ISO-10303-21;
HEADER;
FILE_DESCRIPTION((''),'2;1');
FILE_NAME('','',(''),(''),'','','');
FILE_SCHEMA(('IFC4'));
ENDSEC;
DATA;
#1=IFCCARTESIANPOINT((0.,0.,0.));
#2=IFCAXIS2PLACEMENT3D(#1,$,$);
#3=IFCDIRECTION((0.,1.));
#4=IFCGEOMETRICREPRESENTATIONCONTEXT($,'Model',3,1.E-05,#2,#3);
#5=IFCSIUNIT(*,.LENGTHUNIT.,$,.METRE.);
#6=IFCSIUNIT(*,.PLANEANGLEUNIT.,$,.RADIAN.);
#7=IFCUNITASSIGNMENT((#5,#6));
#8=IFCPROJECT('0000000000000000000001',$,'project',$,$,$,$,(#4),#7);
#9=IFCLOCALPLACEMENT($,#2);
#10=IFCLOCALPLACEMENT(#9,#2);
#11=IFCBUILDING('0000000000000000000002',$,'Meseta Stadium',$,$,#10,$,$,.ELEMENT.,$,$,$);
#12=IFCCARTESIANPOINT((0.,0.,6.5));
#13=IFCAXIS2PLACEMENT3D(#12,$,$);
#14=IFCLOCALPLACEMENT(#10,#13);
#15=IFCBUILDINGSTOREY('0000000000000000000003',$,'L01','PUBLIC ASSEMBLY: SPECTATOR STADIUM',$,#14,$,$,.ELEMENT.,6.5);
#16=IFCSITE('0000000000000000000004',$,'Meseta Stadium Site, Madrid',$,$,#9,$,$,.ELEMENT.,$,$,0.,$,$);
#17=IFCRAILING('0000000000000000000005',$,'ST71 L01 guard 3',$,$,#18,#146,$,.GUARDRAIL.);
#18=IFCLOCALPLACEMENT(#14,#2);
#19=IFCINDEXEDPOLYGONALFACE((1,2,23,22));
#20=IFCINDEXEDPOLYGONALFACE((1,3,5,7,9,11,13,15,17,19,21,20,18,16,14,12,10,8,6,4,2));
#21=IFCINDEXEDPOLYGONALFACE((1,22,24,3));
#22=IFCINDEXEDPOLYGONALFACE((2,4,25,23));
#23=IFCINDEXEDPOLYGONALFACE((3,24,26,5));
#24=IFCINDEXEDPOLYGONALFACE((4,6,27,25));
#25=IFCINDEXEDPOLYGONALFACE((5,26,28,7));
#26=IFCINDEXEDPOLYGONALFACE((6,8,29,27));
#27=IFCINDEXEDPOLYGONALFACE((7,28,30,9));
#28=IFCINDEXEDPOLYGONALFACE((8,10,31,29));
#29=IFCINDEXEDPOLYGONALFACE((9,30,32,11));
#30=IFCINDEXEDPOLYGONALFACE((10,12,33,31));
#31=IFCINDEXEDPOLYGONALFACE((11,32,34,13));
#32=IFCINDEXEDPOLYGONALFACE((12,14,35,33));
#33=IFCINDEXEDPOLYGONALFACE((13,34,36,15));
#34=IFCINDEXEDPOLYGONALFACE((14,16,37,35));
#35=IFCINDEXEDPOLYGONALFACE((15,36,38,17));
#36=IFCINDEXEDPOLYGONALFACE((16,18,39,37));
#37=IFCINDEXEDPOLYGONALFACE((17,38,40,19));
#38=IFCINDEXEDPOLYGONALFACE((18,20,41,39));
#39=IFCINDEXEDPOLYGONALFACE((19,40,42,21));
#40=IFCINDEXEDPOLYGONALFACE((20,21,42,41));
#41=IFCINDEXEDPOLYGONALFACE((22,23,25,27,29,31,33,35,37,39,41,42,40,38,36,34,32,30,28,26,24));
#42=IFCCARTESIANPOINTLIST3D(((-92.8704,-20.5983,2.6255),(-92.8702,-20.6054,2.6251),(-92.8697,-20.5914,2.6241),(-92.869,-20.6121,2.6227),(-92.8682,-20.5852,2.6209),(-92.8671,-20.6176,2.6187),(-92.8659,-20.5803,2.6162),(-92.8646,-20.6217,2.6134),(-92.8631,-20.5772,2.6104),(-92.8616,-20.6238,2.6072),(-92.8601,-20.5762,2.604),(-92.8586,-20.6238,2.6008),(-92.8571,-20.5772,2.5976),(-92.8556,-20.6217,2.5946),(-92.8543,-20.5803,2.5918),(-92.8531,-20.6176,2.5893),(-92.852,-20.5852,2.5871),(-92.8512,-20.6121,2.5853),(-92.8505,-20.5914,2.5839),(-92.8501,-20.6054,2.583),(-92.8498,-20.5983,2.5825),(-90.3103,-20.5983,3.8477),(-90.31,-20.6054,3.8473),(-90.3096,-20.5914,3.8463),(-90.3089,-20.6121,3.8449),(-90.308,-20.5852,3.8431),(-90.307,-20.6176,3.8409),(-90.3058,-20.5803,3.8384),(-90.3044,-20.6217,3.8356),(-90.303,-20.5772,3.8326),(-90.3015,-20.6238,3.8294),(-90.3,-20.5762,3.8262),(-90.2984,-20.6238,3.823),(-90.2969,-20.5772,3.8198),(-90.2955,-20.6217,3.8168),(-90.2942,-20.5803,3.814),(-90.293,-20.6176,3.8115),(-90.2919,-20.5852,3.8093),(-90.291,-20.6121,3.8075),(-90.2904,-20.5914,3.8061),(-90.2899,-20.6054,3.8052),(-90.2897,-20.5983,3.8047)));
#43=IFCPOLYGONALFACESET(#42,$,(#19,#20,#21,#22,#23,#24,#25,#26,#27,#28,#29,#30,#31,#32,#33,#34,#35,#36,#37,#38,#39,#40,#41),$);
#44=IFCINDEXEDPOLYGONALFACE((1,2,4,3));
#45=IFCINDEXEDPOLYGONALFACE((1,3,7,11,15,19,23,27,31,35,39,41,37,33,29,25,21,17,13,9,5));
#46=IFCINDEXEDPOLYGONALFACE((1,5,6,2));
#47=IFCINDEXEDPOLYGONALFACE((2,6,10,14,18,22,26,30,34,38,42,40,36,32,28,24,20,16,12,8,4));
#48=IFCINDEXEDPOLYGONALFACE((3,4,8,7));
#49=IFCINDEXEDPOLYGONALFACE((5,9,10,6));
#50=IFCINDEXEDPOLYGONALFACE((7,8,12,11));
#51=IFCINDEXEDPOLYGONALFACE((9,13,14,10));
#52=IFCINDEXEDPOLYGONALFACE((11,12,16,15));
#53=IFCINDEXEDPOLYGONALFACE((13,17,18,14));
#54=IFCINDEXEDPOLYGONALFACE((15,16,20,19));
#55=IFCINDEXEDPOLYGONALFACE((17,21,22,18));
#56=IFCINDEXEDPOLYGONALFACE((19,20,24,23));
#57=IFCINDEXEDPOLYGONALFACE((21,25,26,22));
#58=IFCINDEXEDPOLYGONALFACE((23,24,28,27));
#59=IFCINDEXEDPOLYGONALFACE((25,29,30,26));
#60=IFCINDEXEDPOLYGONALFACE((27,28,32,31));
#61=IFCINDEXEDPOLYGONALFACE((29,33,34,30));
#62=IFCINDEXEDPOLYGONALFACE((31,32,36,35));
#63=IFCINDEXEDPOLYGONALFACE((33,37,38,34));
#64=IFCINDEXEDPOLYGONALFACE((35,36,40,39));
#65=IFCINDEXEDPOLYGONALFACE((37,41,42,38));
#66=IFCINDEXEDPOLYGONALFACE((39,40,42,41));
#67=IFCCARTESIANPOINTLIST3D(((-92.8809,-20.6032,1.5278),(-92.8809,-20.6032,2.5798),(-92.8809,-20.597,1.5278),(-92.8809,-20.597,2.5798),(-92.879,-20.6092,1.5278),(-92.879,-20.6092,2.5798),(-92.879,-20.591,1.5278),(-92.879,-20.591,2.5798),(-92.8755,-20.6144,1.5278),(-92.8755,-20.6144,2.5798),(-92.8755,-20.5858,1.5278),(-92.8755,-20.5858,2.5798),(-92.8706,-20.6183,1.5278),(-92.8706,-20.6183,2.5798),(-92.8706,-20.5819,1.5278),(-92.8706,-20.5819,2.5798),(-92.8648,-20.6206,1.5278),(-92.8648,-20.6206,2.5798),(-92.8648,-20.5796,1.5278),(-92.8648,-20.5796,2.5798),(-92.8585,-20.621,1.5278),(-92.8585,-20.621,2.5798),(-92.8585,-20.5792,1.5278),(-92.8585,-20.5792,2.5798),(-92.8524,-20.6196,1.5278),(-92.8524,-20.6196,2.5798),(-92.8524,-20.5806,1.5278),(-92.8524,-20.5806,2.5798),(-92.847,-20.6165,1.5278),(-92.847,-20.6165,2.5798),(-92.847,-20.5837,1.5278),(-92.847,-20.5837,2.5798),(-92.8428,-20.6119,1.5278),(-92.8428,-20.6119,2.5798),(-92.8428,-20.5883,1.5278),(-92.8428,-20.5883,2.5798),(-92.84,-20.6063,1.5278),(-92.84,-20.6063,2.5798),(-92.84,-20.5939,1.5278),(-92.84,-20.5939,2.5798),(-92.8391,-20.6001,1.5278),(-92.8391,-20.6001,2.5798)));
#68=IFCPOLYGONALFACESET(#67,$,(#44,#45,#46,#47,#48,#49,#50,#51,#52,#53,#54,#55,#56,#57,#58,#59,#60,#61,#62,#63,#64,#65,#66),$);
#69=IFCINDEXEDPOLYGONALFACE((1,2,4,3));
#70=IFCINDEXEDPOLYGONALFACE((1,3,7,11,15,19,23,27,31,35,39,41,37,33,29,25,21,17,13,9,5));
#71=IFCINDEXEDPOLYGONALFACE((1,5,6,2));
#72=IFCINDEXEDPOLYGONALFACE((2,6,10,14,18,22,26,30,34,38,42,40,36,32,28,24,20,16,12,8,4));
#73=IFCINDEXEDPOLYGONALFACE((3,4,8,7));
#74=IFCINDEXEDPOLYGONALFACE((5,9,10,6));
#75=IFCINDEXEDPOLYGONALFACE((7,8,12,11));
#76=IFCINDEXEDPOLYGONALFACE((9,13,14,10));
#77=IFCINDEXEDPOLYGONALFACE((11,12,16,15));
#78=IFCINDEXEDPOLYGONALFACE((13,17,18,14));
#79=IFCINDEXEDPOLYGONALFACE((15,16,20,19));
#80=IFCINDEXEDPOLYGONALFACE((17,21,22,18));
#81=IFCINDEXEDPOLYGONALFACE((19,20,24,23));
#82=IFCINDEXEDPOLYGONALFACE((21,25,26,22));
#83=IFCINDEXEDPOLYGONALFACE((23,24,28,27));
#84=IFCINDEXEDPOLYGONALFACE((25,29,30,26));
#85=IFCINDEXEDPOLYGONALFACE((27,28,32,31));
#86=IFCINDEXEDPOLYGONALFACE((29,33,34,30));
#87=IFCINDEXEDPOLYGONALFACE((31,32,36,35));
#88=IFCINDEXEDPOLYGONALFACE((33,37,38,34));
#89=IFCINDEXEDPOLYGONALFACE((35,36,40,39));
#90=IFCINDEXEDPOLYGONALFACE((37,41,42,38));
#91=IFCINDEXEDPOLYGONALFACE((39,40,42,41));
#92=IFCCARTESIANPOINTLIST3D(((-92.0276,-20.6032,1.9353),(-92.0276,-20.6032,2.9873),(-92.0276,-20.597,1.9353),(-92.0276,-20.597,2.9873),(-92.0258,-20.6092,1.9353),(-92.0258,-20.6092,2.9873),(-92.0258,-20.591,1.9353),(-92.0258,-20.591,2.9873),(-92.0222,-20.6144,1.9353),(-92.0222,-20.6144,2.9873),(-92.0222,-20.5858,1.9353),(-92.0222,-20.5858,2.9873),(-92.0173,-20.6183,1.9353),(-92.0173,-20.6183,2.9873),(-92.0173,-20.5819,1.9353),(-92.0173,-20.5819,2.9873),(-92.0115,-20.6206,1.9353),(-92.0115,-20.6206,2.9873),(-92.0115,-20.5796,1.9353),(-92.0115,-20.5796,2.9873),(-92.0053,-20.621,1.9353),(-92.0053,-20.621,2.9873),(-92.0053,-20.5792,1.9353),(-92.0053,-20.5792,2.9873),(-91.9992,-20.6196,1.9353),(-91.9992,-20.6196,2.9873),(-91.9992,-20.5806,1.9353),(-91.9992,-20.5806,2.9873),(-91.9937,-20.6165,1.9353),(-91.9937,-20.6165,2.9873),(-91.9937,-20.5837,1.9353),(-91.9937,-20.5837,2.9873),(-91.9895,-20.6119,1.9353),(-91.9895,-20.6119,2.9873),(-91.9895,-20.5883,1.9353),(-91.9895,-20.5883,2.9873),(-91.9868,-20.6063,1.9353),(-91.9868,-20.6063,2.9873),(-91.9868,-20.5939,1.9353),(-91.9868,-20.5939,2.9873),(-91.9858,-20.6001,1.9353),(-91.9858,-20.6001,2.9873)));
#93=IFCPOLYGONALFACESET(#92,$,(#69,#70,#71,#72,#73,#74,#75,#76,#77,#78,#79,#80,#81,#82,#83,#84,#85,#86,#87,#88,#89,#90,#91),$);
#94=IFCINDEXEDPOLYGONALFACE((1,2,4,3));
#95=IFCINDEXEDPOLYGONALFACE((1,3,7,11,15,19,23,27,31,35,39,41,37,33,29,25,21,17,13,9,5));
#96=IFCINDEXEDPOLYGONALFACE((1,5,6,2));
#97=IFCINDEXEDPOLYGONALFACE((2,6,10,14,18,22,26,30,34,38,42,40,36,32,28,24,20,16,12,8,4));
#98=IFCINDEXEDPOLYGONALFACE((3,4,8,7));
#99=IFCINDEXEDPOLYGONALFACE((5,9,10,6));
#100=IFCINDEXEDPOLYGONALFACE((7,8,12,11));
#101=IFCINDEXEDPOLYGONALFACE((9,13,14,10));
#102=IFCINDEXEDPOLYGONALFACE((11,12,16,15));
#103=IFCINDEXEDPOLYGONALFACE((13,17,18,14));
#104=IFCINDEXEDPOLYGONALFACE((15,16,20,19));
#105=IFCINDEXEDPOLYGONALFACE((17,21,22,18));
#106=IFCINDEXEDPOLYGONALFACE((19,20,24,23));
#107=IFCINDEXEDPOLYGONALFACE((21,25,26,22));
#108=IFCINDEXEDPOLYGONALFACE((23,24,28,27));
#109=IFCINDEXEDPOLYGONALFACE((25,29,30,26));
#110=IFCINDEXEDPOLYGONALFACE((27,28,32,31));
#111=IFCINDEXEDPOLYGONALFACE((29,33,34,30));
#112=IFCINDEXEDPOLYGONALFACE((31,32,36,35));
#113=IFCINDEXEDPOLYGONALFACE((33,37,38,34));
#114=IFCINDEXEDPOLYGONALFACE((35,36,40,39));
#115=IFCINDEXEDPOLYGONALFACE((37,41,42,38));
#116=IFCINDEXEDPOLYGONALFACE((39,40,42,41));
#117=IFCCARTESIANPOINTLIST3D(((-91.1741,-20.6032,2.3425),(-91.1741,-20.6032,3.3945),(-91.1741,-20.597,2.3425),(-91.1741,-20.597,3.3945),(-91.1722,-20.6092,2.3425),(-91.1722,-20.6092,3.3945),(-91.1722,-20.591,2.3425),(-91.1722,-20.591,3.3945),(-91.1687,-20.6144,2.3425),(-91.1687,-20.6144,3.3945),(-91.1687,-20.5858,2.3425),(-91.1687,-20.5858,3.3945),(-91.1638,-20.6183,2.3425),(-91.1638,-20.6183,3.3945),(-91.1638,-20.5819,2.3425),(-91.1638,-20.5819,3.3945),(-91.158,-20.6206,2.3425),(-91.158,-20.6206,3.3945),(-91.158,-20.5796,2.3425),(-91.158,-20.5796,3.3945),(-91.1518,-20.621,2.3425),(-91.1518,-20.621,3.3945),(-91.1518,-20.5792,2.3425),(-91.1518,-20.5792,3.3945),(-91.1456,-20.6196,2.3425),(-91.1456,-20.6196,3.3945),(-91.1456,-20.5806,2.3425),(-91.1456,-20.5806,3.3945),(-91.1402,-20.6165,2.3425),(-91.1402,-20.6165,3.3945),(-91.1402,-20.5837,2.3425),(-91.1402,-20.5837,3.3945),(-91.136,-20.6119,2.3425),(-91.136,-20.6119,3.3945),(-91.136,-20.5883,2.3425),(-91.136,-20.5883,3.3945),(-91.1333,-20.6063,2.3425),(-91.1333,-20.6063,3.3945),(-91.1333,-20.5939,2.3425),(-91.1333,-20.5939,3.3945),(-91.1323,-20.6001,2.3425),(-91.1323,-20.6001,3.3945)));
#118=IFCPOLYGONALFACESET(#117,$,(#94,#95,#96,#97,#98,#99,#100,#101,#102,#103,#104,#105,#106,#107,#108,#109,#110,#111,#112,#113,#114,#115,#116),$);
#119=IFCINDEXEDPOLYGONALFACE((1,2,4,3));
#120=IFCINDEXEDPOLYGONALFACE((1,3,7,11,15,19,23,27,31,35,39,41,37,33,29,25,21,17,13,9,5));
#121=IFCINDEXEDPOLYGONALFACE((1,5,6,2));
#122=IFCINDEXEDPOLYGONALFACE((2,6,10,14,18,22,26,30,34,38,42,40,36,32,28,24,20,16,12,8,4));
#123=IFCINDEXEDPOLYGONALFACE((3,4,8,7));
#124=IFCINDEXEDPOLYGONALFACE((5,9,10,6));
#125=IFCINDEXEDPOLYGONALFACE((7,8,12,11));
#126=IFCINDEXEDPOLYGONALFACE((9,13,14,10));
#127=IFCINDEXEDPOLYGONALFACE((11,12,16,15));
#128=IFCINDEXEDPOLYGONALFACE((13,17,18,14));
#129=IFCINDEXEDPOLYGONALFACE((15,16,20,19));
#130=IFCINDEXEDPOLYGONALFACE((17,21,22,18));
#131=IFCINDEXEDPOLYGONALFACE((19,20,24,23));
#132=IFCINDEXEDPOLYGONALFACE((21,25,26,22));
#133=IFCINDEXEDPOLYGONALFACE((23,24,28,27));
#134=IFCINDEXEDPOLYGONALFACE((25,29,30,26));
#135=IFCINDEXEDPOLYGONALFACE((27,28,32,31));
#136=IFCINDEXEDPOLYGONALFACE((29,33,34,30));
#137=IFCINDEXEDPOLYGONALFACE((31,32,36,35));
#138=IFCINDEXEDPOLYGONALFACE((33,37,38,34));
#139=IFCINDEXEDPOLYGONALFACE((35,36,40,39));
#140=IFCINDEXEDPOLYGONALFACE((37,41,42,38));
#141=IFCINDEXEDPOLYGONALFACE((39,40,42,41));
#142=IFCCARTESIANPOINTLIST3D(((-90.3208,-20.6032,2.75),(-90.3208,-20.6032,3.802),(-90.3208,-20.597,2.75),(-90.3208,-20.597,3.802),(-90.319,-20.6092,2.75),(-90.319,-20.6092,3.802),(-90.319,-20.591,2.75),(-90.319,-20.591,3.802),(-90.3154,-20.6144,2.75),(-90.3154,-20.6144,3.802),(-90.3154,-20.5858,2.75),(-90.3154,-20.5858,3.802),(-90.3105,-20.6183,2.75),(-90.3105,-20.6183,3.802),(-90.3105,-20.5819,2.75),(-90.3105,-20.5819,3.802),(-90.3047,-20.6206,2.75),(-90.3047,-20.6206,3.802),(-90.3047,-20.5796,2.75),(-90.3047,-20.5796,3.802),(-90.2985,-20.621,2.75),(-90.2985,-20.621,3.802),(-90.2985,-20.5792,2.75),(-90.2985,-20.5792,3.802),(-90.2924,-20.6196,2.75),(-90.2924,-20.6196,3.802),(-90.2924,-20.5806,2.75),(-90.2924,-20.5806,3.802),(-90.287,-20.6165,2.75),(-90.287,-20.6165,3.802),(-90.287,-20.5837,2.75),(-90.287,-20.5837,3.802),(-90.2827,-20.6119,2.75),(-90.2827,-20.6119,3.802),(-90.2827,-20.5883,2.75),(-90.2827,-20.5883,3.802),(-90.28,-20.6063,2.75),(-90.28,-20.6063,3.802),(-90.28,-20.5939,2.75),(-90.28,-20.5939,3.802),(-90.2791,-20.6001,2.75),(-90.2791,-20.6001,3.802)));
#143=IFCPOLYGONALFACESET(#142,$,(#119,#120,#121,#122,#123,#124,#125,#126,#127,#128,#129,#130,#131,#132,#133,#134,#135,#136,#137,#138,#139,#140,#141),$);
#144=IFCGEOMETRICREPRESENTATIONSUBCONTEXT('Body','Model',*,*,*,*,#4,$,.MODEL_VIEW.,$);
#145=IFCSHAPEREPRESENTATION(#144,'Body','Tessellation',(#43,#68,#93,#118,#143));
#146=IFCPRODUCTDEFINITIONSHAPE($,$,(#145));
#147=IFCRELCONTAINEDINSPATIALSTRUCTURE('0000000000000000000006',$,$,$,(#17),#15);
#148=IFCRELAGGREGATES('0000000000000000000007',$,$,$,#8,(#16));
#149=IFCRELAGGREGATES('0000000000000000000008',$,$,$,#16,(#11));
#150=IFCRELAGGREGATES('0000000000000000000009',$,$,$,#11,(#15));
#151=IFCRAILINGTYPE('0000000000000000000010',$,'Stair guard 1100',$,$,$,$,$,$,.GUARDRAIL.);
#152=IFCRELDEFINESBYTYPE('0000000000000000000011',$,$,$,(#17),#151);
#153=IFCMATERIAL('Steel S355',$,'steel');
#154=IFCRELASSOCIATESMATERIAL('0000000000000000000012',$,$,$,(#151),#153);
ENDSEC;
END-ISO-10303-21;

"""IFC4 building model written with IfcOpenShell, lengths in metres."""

from ifc_helpers import new_model, si_unit, direction, frame, origin, origin_2d, place, context, subcontext, project, spatial, circle, extrude, material, type_object, element, save


model = new_model("IFC4")

# Units and contexts
model_context = context("Model", 3, precision=1e-05, world=origin(), true_north=direction((0.0, 1.0)))
body_context = subcontext(model_context, "Body", "Model", "MODEL_VIEW")
ifc_project = project(units=[si_unit("LENGTHUNIT", "METRE"), si_unit("PLANEANGLEUNIT", "RADIAN")], contexts=[model_context])

# Site, building, storey
site_placement = place(None, origin())
site = spatial("IfcSite", under=ifc_project, at=site_placement, Name="Meseta Stadium Site, Madrid", CompositionType="ELEMENT", RefElevation=0.0)
building_placement = place(site_placement, origin())
building = spatial("IfcBuilding", under=site, at=building_placement, Name="Meseta Stadium", CompositionType="ELEMENT")
storey_placement = place(building_placement, frame((0.0, 0.0, 6.5)))
storey = spatial("IfcBuildingStorey", under=building, at=storey_placement, Name="L01", Description="PUBLIC ASSEMBLY: SPECTATOR STADIUM", CompositionType="ELEMENT", Elevation=6.5)

# Railing
ifc_material_1 = material(Name="Steel S355", Category="steel")
railing_type_1 = type_object("IfcRailingType", Name="Stair guard 1100", PredefinedType="GUARDRAIL", material=ifc_material_1)
railing_1_placement = place(storey_placement, frame((-92.8601, -20.6001, 1.5278)))
element("IfcRailing", 1, at=railing_1_placement, inside=storey, type_object=railing_type_1, Name="ST71 L01 guard 3", PredefinedType="GUARDRAIL", context=body_context, shape_type="SweptSolid", body=[
    extrude(circle(Radius=0.0239, at=origin_2d()), frame((0.0, 0.0, 1.0762), z_axis=(0.902437, 0.0, 0.430822), x_axis=(0.0, 1.0, 0.0)), (0.0, 0.0, 1.0), 2.8369),
    extrude(circle(Radius=0.021, at=origin_2d()), origin(), (0.0, 0.0, 1.0), 1.052),
    extrude(circle(Radius=0.021, at=origin_2d()), frame((0.8533, 0.0, 0.4075)), (0.0, 0.0, 1.0), 1.052),
    extrude(circle(Radius=0.021, at=origin_2d()), frame((1.7068, 0.0, 0.8147)), (0.0, 0.0, 1.0), 1.052),
    extrude(circle(Radius=0.021, at=origin_2d()), frame((2.5601, 0.0, 1.2222)), (0.0, 0.0, 1.0), 1.052),
])

save(model, "model.ifc")
